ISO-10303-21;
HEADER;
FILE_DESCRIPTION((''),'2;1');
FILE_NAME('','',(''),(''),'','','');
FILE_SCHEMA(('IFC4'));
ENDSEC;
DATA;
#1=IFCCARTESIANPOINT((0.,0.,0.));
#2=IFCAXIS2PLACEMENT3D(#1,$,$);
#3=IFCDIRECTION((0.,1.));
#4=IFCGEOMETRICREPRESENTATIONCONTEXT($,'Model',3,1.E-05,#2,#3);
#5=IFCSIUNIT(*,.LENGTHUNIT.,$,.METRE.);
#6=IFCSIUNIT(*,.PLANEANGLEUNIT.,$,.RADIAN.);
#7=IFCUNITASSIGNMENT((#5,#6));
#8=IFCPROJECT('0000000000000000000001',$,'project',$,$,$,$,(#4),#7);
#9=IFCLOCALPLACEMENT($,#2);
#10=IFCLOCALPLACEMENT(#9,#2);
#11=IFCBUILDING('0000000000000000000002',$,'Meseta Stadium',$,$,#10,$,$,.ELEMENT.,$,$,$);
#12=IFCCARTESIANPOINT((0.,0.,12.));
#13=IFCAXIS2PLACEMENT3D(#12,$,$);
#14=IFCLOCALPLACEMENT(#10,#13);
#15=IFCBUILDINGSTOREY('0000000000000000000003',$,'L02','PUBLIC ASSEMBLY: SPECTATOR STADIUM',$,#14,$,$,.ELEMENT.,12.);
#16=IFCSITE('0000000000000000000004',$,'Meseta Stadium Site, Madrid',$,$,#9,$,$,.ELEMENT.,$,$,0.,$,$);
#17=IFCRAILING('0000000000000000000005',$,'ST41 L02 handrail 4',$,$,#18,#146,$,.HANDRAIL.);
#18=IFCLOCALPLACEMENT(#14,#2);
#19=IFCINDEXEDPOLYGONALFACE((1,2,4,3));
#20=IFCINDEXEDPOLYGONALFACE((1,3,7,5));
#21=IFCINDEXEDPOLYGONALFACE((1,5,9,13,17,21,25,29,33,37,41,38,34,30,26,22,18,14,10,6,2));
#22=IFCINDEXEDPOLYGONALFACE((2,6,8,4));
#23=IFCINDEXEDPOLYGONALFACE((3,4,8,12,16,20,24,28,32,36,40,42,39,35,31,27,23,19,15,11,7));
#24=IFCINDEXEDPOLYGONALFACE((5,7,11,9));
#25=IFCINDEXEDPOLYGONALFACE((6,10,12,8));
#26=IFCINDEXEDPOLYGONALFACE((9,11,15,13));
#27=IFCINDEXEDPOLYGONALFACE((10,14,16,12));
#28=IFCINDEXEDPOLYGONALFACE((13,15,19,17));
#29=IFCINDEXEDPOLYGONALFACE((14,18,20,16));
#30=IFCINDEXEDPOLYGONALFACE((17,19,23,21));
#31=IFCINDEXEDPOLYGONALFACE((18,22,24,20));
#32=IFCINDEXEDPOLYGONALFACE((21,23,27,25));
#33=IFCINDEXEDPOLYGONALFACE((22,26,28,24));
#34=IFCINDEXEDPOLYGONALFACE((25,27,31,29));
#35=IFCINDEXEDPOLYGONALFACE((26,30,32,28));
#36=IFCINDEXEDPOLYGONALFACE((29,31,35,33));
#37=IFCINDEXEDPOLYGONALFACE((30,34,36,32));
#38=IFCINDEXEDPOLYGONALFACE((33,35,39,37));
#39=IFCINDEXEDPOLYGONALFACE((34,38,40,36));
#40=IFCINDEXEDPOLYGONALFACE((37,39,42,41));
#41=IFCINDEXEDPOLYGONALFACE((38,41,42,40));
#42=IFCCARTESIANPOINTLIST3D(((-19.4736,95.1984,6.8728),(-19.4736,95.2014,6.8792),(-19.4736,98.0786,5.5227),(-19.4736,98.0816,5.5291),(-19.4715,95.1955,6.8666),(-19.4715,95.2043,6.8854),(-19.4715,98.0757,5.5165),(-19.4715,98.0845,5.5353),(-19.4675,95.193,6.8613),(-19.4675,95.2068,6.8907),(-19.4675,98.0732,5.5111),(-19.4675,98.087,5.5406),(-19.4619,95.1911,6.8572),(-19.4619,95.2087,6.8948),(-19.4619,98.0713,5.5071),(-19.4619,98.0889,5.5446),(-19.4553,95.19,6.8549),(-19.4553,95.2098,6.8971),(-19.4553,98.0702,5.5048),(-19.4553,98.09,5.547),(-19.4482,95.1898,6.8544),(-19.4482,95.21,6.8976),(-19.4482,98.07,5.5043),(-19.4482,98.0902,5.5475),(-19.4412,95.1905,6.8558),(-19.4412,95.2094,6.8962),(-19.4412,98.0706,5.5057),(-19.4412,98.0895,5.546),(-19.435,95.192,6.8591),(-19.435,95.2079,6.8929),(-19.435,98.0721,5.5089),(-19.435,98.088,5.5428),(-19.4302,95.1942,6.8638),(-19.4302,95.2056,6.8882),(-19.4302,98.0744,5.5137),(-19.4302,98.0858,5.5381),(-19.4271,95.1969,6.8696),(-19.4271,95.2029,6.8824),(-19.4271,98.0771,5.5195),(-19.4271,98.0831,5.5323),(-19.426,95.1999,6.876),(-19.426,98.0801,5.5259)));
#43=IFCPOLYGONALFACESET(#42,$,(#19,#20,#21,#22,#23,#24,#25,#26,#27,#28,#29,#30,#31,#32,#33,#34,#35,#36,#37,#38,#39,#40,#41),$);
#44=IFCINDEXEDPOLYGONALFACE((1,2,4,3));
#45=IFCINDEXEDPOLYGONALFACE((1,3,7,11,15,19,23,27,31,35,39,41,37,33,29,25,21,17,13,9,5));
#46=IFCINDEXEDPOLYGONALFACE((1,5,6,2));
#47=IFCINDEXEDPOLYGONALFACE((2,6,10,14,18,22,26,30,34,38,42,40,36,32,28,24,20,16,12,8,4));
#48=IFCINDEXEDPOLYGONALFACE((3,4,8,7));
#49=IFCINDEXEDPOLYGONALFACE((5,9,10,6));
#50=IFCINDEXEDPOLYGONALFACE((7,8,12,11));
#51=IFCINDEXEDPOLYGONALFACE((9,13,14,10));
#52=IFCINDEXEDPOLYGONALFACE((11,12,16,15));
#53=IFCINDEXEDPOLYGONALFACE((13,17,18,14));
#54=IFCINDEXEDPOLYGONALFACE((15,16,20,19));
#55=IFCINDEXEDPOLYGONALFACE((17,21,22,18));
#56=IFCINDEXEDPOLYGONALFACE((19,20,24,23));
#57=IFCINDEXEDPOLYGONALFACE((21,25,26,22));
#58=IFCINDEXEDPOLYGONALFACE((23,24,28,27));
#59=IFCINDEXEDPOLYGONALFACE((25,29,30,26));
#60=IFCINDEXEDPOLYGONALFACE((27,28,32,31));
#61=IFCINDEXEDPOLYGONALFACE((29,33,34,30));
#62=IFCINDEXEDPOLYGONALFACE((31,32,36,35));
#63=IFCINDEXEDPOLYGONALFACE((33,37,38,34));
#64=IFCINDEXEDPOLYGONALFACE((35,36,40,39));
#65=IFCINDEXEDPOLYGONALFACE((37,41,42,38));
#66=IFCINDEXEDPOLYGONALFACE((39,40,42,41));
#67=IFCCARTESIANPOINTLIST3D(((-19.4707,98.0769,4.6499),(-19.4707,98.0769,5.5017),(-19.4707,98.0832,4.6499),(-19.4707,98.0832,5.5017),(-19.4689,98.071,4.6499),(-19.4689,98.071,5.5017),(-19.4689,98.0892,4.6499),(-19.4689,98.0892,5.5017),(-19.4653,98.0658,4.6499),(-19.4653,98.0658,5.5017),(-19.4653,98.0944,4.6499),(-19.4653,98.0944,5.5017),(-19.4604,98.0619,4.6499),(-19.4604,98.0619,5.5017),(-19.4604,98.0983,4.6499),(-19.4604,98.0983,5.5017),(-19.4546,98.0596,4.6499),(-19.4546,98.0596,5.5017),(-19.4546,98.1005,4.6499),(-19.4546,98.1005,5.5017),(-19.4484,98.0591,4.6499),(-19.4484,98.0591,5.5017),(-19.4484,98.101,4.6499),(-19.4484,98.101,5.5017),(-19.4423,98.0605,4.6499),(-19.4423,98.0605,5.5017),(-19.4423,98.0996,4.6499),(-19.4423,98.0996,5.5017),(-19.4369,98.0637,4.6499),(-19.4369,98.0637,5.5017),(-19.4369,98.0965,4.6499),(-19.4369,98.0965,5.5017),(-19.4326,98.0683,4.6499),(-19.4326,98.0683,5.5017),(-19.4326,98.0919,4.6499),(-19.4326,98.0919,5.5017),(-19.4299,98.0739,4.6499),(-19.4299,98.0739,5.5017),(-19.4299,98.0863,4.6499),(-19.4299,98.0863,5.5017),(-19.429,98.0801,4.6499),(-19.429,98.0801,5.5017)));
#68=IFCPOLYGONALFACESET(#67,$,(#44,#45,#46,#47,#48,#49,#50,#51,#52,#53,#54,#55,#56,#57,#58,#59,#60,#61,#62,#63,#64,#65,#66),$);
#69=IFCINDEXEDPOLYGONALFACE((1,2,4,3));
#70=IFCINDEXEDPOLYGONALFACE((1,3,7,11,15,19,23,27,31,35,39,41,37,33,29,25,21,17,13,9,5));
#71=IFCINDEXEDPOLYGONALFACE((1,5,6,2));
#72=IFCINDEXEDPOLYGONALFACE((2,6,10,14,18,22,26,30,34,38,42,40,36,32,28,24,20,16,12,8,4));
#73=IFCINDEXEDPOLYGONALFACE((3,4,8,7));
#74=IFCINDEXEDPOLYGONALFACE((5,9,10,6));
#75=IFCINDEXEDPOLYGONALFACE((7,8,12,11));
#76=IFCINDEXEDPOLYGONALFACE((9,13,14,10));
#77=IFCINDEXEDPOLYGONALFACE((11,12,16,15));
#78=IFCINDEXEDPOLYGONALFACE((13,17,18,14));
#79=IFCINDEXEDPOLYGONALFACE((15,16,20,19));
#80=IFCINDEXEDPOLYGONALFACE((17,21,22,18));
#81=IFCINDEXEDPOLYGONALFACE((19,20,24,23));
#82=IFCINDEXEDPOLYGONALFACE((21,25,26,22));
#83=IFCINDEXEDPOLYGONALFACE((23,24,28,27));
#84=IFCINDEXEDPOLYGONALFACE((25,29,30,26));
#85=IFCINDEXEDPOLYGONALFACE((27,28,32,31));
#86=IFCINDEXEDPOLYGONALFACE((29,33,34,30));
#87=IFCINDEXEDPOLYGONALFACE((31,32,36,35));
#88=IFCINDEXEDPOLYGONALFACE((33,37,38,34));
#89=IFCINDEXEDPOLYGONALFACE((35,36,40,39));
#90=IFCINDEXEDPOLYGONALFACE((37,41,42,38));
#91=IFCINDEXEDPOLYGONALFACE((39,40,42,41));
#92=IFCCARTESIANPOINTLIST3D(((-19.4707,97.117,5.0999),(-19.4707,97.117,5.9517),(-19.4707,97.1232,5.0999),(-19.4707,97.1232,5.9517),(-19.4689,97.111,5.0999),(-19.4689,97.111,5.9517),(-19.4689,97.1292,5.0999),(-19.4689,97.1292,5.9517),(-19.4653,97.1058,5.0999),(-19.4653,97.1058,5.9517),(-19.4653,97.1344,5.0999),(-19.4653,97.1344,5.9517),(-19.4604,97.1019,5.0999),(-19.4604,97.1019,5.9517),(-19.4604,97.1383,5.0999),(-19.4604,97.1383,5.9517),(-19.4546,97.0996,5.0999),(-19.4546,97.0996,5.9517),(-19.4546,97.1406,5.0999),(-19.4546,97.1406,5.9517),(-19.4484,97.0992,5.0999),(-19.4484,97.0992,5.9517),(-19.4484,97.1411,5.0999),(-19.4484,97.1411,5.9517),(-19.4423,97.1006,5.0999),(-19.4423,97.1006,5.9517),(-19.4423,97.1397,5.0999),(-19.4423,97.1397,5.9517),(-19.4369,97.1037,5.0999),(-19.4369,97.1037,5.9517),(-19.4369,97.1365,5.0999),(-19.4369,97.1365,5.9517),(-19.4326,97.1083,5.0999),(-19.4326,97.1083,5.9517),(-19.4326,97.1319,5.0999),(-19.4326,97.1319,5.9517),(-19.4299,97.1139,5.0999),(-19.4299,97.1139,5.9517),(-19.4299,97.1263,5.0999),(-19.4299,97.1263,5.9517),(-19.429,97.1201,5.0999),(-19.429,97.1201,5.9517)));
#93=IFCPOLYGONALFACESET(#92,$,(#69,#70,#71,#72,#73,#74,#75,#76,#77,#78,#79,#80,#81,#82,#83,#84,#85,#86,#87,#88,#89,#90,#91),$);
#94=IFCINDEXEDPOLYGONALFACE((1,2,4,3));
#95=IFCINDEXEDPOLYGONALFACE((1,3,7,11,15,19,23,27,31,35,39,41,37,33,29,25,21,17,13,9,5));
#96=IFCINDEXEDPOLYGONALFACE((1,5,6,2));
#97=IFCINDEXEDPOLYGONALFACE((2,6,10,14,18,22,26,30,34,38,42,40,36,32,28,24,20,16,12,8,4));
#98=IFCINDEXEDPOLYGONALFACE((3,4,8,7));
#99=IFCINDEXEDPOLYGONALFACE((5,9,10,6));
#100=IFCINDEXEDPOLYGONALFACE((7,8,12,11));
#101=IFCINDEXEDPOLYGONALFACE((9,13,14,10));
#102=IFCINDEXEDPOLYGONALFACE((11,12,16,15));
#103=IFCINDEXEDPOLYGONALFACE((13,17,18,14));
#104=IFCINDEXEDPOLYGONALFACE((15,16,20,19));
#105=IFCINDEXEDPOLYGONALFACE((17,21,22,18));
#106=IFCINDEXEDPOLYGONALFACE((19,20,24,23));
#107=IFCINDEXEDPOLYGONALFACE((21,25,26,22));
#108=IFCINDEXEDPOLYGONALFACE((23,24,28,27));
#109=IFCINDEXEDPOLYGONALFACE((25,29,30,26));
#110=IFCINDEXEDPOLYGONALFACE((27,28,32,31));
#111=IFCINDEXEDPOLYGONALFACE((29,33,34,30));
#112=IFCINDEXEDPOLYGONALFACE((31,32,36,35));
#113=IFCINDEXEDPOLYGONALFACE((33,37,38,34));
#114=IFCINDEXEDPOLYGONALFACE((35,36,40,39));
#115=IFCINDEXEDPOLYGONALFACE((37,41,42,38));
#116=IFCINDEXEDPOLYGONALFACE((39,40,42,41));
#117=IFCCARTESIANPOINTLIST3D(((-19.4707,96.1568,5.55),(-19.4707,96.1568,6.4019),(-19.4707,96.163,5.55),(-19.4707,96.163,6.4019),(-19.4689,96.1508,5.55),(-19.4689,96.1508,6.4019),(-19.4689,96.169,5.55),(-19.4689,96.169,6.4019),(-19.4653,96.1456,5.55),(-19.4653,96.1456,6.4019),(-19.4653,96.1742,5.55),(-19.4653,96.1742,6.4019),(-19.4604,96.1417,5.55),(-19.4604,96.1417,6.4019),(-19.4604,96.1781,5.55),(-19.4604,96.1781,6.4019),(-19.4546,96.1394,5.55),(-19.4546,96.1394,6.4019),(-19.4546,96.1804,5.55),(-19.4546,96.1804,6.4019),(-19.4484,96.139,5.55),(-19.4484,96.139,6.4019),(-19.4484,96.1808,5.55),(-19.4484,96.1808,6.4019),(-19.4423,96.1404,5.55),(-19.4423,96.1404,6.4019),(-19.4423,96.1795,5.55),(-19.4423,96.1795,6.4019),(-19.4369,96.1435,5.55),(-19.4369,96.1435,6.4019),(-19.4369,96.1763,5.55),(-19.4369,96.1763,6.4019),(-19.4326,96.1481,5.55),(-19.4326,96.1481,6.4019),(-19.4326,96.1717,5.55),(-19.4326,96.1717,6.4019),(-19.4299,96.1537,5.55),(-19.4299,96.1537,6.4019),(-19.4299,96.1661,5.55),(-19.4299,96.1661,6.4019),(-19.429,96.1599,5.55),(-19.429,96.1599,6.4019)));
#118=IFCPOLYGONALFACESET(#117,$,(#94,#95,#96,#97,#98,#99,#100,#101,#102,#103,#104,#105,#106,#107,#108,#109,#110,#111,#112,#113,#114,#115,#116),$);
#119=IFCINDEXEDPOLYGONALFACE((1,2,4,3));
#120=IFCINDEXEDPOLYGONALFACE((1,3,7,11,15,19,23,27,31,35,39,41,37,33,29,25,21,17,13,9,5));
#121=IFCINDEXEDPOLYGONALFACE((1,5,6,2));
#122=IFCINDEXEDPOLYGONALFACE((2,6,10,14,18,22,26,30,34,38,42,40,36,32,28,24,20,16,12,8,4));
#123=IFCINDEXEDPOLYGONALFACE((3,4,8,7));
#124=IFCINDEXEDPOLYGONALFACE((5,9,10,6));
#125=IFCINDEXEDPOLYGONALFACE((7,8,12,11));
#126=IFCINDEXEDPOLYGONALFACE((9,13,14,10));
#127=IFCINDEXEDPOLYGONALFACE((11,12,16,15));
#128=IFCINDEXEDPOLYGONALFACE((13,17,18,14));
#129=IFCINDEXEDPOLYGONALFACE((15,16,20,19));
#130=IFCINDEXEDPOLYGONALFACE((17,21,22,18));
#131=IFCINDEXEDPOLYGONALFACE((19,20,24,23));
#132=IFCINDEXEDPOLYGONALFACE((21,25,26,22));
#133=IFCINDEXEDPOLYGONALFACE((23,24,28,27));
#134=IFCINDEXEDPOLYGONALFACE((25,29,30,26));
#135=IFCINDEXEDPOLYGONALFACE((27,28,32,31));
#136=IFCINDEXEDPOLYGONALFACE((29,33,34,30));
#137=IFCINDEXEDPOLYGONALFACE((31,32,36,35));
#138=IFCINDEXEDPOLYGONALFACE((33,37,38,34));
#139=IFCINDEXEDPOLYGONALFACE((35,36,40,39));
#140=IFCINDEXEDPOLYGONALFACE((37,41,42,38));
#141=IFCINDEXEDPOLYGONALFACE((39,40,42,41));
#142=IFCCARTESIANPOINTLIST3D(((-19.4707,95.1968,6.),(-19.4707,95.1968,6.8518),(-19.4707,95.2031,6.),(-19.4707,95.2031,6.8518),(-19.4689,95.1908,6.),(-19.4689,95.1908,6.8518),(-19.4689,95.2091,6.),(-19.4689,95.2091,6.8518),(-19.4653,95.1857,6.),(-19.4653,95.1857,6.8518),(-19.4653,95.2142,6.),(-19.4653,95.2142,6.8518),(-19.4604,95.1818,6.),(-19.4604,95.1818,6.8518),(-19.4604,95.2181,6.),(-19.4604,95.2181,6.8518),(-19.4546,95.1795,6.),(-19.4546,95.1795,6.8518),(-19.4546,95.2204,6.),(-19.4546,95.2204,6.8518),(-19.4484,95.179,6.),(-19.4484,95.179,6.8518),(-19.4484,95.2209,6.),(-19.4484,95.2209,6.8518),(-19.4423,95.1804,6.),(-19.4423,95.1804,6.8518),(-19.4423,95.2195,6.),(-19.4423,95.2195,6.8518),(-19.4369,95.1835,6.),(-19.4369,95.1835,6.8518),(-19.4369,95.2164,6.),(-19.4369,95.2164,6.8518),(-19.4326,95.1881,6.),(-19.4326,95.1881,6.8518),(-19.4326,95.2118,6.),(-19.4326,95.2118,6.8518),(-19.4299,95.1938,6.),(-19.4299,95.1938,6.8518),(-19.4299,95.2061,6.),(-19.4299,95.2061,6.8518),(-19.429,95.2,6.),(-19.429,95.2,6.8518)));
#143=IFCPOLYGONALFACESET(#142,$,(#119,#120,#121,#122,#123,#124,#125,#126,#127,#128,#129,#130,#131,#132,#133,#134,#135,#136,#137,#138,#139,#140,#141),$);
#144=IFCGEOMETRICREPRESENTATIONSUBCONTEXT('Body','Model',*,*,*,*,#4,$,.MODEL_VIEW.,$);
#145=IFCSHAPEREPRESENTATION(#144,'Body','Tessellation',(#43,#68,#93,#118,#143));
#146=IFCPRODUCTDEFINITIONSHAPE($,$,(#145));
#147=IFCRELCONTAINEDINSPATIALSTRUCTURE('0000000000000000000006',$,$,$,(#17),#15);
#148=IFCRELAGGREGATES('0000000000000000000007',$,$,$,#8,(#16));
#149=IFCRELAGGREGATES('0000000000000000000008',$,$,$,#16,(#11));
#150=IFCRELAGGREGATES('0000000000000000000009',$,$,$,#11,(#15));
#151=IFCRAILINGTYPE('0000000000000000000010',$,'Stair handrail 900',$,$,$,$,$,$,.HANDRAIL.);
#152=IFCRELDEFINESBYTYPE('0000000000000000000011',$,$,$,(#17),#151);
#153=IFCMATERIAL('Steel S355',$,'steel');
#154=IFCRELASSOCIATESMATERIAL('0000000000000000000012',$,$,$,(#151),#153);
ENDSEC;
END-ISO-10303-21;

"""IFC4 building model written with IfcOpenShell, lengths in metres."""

from ifc_helpers import new_model, si_unit, direction, frame, origin, origin_2d, place, context, subcontext, project, spatial, circle, extrude, material, type_object, element, save


model = new_model("IFC4")

# Units and contexts
model_context = context("Model", 3, precision=1e-05, world=origin(), true_north=direction((0.0, 1.0)))
body_context = subcontext(model_context, "Body", "Model", "MODEL_VIEW")
ifc_project = project(units=[si_unit("LENGTHUNIT", "METRE"), si_unit("PLANEANGLEUNIT", "RADIAN")], contexts=[model_context])

# Site, building, storey
site_placement = place(None, origin())
site = spatial("IfcSite", under=ifc_project, at=site_placement, Name="Meseta Stadium Site, Madrid", CompositionType="ELEMENT", RefElevation=0.0)
building_placement = place(site_placement, origin())
building = spatial("IfcBuilding", under=site, at=building_placement, Name="Meseta Stadium", CompositionType="ELEMENT")
storey_placement = place(building_placement, frame((0.0, 0.0, 12.0)))
storey = spatial("IfcBuildingStorey", under=building, at=storey_placement, Name="L02", Description="PUBLIC ASSEMBLY: SPECTATOR STADIUM", CompositionType="ELEMENT", Elevation=12.0)

# Railing
ifc_material_1 = material(Name="Steel S355", Category="steel")
railing_type_1 = type_object("IfcRailingType", Name="Stair handrail 900", PredefinedType="HANDRAIL", material=ifc_material_1)
for number, where, name in (
    (1, (-19.45, 98.0801, 4.6499), "ST41 L02 handrail 4"),
):
    element("IfcRailing", number, at=place(storey_placement, frame(where)), inside=storey, type_object=railing_type_1, Name=name, PredefinedType="HANDRAIL", context=body_context, shape_type="SweptSolid", body=[
        extrude(circle(Radius=0.0239, at=origin_2d()), frame((0.0, 0.0, 0.876), z_axis=(0.0, -0.905454, 0.424444), x_axis=(1.0, 0.0, 0.0)), (0.0, 0.0, 1.0), 3.1809),
        extrude(circle(Radius=0.021, at=origin_2d()), origin(), (0.0, 0.0, 1.0), 0.8518),
        extrude(circle(Radius=0.021, at=origin_2d()), frame((0.0, -0.96, 0.45)), (0.0, 0.0, 1.0), 0.8518),
        extrude(circle(Radius=0.021, at=origin_2d()), frame((0.0, -1.9202, 0.9001)), (0.0, 0.0, 1.0), 0.8518),
        extrude(circle(Radius=0.021, at=origin_2d()), frame((0.0, -2.8801, 1.3501)), (0.0, 0.0, 1.0), 0.8518),
    ])

save(model, "model.ifc")
